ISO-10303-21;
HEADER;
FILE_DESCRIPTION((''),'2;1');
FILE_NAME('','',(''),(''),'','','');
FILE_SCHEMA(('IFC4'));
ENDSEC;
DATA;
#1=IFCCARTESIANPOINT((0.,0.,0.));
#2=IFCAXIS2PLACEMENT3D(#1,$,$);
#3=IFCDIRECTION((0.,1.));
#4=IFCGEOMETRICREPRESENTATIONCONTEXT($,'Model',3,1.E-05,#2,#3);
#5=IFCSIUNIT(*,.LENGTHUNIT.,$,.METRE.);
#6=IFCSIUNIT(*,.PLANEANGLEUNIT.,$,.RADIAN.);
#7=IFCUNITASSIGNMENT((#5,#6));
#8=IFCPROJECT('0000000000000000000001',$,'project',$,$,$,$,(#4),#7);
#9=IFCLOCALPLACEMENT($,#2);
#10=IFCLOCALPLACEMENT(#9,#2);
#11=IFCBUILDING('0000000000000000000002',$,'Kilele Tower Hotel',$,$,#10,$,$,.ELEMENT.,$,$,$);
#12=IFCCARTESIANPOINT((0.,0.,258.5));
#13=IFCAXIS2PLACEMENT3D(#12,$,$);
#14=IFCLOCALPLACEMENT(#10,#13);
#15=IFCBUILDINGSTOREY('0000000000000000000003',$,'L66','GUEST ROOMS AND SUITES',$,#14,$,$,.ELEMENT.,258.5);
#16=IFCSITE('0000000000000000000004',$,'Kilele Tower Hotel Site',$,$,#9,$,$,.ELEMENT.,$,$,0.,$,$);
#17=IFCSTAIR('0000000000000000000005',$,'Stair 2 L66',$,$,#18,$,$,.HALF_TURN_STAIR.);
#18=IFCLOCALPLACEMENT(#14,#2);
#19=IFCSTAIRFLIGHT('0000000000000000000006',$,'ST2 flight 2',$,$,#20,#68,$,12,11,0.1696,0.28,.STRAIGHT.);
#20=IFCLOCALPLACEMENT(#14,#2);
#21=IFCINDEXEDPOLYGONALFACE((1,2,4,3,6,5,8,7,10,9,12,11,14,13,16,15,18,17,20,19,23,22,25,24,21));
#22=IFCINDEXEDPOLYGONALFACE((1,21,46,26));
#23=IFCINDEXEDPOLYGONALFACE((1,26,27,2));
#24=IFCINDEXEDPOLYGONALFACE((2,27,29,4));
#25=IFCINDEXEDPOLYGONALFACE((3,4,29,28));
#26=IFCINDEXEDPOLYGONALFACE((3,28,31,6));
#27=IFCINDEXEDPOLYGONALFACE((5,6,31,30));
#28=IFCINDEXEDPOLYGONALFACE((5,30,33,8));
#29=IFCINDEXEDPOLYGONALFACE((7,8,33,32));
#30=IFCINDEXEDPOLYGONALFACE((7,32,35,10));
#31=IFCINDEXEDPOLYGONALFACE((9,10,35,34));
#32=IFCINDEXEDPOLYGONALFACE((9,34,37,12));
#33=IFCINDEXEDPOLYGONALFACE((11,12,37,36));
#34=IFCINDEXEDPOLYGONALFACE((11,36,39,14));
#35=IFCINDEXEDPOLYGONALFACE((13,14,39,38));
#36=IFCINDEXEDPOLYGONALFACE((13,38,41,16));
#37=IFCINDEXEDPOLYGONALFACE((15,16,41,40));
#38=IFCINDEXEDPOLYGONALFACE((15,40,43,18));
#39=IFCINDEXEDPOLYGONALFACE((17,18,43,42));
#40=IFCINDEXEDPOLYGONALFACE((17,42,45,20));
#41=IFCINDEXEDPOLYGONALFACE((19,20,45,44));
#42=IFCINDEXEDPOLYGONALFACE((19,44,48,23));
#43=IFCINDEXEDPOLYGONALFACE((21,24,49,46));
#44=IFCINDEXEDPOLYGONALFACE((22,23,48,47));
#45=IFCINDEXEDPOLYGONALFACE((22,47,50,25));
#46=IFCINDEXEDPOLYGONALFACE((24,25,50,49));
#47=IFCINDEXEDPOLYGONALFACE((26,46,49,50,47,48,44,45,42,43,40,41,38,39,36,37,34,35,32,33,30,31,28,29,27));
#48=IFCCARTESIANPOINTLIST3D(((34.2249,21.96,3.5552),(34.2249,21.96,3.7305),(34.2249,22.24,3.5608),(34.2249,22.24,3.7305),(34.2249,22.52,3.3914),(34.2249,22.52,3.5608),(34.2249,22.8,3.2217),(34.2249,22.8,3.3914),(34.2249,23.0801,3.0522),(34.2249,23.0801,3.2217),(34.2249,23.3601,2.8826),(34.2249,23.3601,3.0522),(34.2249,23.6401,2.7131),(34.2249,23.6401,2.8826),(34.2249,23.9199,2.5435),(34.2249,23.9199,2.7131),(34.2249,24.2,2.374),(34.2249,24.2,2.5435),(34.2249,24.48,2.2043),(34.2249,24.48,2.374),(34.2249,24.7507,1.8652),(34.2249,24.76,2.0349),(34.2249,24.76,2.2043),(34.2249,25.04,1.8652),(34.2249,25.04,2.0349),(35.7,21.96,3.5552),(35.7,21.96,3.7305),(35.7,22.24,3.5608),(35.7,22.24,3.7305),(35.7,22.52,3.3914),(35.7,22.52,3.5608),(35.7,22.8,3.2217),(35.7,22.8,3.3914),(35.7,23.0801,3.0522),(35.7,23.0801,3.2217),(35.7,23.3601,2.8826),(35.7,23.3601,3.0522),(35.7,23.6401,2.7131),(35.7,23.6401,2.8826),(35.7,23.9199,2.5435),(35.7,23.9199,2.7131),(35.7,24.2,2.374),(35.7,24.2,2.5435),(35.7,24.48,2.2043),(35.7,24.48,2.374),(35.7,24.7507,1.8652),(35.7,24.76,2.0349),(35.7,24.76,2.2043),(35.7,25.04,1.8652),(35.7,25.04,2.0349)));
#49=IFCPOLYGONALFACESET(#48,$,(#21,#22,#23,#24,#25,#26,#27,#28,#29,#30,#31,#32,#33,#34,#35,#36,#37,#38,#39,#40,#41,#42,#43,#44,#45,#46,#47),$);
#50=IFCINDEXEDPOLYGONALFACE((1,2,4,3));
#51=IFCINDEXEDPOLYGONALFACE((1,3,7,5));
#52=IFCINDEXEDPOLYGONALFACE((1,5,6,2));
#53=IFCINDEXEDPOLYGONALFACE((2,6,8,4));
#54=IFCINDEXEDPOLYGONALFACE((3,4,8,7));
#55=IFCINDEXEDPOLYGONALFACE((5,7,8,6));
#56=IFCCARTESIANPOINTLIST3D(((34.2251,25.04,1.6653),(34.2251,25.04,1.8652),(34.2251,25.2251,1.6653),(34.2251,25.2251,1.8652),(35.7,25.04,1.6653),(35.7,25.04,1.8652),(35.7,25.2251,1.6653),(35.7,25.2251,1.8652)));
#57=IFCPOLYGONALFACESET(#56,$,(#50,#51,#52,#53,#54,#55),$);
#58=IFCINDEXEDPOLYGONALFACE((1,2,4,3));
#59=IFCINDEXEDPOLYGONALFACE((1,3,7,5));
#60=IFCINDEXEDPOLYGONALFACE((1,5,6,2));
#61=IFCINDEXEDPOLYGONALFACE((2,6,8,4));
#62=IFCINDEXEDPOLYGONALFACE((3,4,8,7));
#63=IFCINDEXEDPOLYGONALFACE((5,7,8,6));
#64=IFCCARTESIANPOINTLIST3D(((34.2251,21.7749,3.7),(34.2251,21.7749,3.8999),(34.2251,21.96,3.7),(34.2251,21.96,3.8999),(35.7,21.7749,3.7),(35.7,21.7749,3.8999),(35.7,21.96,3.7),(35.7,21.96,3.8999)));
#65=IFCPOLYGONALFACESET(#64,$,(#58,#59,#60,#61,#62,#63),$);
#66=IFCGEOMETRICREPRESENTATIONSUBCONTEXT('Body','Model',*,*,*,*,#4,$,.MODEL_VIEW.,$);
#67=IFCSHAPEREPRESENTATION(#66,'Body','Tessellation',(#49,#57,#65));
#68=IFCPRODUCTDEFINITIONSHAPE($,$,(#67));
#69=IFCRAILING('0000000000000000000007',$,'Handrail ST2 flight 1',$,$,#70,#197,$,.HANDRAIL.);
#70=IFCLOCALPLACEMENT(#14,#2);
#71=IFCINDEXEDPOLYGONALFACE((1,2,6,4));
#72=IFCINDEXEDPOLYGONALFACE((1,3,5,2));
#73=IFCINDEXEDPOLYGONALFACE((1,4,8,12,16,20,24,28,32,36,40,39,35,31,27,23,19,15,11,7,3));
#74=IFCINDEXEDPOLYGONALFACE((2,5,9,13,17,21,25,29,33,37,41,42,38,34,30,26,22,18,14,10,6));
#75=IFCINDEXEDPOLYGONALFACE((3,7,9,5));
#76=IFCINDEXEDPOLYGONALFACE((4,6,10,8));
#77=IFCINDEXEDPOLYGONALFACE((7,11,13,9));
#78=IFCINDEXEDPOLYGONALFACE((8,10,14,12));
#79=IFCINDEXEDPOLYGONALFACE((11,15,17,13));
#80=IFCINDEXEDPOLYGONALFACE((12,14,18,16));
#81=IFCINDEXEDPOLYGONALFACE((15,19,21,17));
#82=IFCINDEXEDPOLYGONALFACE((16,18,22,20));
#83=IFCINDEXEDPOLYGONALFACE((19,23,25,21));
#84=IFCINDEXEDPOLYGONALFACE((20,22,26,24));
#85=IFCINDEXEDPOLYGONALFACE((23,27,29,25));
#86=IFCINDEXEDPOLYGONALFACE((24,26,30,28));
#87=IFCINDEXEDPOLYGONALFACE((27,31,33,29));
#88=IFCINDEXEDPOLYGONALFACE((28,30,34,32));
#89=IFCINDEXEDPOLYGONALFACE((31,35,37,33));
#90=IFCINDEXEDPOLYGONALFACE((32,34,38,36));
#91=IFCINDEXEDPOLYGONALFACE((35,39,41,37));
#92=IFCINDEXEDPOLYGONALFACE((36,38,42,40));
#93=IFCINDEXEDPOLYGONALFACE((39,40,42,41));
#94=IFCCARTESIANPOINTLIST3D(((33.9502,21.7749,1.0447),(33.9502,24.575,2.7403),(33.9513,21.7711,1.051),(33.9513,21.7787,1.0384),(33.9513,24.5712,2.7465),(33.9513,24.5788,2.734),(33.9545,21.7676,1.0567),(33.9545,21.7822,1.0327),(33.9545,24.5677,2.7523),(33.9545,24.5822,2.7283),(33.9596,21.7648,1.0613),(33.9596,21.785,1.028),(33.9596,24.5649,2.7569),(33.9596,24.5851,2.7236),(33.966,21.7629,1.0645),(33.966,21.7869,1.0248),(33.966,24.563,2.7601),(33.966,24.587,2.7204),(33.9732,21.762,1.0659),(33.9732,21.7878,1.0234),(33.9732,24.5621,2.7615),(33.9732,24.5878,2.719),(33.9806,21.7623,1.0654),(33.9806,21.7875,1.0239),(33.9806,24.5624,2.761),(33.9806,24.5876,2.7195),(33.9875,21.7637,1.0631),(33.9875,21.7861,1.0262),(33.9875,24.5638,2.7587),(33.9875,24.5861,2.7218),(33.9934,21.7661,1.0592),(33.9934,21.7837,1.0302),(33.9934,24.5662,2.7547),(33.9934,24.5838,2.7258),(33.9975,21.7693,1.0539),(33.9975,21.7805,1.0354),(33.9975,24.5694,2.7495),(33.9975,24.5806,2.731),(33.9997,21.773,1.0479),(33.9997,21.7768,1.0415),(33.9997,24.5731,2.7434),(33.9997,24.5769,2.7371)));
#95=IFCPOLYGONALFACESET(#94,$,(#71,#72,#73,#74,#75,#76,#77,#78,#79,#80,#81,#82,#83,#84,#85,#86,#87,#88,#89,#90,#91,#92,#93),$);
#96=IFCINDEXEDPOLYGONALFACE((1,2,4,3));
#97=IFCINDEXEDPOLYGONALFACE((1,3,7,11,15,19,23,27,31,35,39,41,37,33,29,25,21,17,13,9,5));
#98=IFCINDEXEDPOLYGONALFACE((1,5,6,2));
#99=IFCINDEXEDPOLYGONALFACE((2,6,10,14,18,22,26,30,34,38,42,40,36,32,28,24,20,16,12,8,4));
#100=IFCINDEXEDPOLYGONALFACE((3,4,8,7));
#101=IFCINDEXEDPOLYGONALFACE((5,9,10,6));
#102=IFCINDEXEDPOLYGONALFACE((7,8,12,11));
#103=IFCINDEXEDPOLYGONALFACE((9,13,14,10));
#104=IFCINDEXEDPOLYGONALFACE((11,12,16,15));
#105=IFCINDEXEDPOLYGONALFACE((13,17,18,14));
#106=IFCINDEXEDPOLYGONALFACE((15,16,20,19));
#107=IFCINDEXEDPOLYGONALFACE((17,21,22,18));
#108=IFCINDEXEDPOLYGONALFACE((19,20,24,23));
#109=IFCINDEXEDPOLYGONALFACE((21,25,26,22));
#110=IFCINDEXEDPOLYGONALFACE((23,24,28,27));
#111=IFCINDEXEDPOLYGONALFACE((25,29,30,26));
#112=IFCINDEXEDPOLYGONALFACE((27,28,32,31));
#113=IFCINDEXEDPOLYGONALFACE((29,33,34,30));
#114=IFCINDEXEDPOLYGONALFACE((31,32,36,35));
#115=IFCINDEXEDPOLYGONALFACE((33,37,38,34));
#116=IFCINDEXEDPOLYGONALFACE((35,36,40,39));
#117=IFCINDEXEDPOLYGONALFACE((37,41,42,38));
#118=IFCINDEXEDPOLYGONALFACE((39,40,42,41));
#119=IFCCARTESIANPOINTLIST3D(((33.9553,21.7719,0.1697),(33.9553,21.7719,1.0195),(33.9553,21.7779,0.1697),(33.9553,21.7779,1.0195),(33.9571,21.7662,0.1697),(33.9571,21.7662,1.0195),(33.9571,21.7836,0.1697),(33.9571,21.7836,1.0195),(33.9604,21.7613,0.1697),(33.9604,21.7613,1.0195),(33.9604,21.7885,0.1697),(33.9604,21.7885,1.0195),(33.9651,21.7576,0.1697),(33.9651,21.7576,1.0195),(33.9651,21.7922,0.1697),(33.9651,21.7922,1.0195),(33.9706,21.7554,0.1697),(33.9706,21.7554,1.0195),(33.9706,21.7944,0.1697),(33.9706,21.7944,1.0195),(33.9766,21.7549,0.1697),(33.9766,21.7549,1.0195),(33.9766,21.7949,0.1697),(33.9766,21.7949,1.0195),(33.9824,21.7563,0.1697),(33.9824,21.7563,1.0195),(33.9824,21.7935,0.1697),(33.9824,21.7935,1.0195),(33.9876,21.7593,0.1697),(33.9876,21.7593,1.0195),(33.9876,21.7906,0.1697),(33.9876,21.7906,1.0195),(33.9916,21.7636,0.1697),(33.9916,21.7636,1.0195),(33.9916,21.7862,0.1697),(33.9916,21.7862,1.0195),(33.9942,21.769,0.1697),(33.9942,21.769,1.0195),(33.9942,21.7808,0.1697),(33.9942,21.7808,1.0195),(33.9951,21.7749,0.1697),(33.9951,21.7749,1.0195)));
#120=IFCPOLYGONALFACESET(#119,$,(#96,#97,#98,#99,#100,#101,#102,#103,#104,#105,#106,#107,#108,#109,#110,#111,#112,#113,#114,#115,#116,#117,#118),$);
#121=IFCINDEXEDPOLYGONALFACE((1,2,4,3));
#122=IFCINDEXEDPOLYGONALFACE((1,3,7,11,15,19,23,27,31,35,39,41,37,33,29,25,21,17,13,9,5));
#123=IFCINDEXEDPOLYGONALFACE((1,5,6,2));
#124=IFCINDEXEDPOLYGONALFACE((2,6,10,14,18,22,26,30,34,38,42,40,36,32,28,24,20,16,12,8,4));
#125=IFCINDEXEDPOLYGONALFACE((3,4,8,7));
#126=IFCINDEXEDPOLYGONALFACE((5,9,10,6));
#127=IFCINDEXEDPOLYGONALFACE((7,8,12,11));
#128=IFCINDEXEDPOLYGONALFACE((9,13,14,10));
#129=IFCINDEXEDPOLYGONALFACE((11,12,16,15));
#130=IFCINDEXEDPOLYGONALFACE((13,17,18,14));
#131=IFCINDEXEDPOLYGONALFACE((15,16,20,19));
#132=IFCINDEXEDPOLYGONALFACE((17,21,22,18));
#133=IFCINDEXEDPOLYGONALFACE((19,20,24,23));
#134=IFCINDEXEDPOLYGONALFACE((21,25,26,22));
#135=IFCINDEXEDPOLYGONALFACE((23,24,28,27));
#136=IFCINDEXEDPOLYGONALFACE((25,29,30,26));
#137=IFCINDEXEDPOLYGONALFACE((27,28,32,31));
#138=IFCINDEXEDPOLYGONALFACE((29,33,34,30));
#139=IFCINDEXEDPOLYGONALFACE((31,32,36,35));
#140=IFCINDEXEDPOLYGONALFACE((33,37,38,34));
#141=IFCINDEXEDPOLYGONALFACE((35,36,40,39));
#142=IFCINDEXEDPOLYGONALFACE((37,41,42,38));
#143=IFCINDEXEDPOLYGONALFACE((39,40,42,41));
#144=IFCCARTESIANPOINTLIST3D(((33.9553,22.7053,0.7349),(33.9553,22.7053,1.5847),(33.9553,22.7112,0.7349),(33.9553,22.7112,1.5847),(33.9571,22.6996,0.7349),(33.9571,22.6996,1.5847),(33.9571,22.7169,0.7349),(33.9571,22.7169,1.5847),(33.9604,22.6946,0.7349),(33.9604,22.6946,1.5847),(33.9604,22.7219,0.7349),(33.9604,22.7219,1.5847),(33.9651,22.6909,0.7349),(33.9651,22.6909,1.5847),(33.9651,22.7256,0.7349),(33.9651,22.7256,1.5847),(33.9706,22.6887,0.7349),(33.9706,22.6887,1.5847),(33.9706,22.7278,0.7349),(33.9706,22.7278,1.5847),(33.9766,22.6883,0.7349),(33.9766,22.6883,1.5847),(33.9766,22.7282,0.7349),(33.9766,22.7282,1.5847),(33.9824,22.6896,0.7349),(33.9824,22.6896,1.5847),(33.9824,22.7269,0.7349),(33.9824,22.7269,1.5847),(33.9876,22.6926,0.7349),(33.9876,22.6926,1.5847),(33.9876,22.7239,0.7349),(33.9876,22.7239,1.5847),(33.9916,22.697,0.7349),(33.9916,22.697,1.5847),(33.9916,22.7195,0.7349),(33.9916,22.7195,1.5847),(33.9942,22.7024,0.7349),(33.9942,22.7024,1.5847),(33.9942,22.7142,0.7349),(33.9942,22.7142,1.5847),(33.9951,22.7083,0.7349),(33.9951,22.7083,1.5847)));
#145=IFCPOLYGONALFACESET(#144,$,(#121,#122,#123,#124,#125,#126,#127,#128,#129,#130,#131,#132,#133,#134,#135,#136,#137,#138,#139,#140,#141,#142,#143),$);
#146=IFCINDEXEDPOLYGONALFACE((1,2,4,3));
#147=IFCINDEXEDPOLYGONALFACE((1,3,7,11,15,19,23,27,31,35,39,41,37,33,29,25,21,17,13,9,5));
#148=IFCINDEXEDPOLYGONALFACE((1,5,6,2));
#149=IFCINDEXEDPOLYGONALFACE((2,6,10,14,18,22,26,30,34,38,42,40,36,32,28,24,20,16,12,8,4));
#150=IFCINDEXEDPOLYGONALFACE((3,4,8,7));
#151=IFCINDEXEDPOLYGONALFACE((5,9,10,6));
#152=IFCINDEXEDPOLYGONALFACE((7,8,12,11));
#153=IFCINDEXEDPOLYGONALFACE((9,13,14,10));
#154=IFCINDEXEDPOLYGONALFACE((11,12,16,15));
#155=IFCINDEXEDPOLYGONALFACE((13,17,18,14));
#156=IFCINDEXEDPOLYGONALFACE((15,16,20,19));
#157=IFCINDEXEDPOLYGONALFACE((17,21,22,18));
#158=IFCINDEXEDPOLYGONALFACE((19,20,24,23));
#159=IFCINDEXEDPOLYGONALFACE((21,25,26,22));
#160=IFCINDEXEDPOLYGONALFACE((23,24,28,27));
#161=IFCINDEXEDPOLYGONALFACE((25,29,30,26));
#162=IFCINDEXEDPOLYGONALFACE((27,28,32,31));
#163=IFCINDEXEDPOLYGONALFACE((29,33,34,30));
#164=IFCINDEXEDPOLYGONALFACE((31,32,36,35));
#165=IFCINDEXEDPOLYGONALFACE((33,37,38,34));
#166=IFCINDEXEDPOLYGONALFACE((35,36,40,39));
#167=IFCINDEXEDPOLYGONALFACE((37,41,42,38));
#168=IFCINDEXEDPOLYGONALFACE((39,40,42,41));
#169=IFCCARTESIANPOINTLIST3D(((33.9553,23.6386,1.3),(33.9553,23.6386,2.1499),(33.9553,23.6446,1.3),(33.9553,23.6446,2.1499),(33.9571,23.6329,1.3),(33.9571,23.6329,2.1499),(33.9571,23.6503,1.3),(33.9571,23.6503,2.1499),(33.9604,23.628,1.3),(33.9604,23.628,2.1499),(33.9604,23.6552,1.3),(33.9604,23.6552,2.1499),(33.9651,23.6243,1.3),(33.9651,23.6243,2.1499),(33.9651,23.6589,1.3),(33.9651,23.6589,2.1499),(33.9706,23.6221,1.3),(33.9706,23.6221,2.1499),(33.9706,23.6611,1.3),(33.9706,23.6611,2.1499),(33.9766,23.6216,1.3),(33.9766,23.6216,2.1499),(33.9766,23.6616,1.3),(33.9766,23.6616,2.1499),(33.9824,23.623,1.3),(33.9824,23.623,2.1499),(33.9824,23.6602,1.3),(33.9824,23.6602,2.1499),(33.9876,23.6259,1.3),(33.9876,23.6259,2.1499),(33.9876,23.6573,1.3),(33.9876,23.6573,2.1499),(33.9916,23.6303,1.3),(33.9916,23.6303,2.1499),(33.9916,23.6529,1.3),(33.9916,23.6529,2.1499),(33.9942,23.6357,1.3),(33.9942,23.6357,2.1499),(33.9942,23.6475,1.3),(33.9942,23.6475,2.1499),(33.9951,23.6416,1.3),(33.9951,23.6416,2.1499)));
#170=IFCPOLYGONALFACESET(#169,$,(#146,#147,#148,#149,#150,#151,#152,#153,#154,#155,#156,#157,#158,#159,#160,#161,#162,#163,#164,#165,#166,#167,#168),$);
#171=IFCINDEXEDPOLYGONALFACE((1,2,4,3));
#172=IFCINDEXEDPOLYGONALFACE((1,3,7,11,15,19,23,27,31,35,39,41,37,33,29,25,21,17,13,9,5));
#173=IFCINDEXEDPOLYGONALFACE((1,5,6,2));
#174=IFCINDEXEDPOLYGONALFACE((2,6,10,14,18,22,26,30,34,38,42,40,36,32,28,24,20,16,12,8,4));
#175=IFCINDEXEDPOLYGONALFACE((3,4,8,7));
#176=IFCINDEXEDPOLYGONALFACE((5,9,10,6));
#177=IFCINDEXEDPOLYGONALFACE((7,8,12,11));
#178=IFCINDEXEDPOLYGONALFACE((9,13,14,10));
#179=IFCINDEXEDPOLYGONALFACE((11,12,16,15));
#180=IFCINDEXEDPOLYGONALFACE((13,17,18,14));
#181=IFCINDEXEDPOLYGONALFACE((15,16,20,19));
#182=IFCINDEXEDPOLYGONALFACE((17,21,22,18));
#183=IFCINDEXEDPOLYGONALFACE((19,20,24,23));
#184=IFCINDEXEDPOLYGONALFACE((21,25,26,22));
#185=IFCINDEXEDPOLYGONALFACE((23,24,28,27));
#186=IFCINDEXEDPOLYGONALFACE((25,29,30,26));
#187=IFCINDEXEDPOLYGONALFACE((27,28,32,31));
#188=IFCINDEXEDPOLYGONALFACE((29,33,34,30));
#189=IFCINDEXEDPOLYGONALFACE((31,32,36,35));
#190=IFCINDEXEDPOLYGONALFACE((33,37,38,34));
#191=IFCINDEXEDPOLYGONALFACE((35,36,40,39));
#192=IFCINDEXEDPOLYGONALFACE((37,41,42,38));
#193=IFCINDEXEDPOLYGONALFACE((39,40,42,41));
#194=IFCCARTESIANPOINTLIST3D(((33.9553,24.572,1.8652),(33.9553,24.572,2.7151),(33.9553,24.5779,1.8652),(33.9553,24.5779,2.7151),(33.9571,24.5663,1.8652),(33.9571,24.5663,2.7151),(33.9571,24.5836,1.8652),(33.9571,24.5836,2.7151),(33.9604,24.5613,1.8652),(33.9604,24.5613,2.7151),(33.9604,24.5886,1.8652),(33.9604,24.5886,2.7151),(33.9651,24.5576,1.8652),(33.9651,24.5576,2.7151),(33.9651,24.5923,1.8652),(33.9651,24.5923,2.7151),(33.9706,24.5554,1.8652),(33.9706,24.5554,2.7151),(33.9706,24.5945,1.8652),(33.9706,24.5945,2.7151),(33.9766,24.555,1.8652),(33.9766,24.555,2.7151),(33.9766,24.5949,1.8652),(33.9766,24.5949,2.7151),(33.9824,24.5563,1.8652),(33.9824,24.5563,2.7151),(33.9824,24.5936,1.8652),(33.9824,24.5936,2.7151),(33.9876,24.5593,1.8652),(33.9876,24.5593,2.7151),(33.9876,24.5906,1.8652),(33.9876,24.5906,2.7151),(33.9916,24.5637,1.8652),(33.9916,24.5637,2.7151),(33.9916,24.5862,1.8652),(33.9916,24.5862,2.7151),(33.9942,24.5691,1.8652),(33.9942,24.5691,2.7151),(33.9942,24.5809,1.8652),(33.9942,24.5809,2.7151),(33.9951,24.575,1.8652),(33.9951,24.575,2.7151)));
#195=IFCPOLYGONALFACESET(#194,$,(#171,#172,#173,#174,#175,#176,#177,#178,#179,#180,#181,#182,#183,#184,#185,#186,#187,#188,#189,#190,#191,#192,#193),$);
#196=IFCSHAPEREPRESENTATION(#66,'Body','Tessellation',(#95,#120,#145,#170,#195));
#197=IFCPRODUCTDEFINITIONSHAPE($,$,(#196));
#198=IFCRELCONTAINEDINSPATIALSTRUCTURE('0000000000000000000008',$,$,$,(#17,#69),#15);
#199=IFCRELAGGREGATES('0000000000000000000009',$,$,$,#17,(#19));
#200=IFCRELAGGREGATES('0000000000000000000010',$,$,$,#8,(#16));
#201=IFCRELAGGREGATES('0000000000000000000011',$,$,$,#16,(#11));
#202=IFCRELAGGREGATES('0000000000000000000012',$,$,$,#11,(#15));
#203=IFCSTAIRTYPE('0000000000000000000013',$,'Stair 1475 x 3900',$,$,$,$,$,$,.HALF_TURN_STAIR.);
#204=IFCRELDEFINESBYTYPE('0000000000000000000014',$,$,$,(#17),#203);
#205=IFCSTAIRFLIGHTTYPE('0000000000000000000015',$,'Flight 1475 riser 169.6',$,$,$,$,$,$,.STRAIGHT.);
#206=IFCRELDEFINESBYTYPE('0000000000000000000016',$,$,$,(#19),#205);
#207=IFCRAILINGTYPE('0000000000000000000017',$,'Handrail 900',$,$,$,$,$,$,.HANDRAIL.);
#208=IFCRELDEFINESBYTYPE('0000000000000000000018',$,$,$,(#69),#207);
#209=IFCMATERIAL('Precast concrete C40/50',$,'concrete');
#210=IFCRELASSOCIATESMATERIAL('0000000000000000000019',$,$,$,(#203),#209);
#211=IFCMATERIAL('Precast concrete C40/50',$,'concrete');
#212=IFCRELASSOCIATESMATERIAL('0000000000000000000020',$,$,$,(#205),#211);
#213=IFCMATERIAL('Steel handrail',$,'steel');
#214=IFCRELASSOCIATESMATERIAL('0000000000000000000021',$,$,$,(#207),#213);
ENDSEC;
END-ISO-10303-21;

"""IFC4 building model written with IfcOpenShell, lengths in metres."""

from ifc_helpers import new_model, si_unit, direction, frame, origin, origin_2d, place, context, subcontext, project, spatial, polyline, circle, outline, extrude, material, type_object, element, aggregate, save


model = new_model("IFC4")

# Units and contexts
model_context = context("Model", 3, precision=1e-05, world=origin(), true_north=direction((0.0, 1.0)))
body_context = subcontext(model_context, "Body", "Model", "MODEL_VIEW")
ifc_project = project(units=[si_unit("LENGTHUNIT", "METRE"), si_unit("PLANEANGLEUNIT", "RADIAN")], contexts=[model_context])

# Site, building, storey
site_placement = place(None, origin())
site = spatial("IfcSite", under=ifc_project, at=site_placement, Name="Kilele Tower Hotel Site", CompositionType="ELEMENT", RefElevation=0.0)
building_placement = place(site_placement, origin())
building = spatial("IfcBuilding", under=site, at=building_placement, Name="Kilele Tower Hotel", CompositionType="ELEMENT")
storey_placement = place(building_placement, frame((0.0, 0.0, 258.5)))
storey = spatial("IfcBuildingStorey", under=building, at=storey_placement, Name="L66", Description="GUEST ROOMS AND SUITES", CompositionType="ELEMENT", Elevation=258.5)

# Stair, stair flight
ifc_material_1 = material(Name="Precast concrete C40/50", Category="concrete")
stair_type = type_object("IfcStairType", Name="Stair 1475 x 3900", PredefinedType="HALF_TURN_STAIR", material=ifc_material_1)
stair_placement = place(storey_placement, origin())
stair = element("IfcStair", 1, at=stair_placement, inside=storey, type_object=stair_type, Name="Stair 2 L66", PredefinedType="HALF_TURN_STAIR")
ifc_material_2 = material(Name="Precast concrete C40/50", Category="concrete")
stair_flight_type = type_object("IfcStairFlightType", Name="Flight 1475 riser 169.6", PredefinedType="STRAIGHT", material=ifc_material_2)
stair_flight_placement = place(storey_placement, frame((34.9624, 25.04, 1.8652), z_axis=(0.0, 0.0, 1.0), x_axis=(0.0, -1.0, 0.0)))
stair_flight = element("IfcStairFlight", 2, at=stair_flight_placement, type_object=stair_flight_type, Name="ST2 flight 2", NumberOfRisers=12, NumberOfTreads=11, PredefinedType="STRAIGHT", RiserHeight=0.1696, TreadLength=0.28, context=body_context, shape_type="SweptSolid", body=[
    extrude(outline(polyline([(0.0, 0.0), (0.0, 0.1697), (0.28, 0.1697), (0.28, 0.3391), (0.5601, 0.3391), (0.5601, 0.5088), (0.8401, 0.5088), (0.8401, 0.6782), (1.1201, 0.6782), (1.1201, 0.8479), (1.3999, 0.8479), (1.3999, 1.0173), (1.6799, 1.0173), (1.6799, 1.187), (1.96, 1.187), (1.96, 1.3564), (2.24, 1.3564), (2.24, 1.5261), (2.52, 1.5261), (2.52, 1.6956), (2.8, 1.6956), (2.8, 1.8652), (3.0801, 1.8652), (3.0801, 2.0347), (3.0801, 1.6899), (0.2893, 0.0), (0.0, 0.0)])), frame((0.0, 0.7375, 0.0), z_axis=(0.0, -1.0, 0.0), x_axis=(1.0, 0.0, 0.0)), (0.0, 0.0, 1.0), 1.4751),
    extrude(outline(polyline([(0.0, -0.7373), (0.0, 0.7375), (-0.1851, 0.7375), (-0.1851, -0.7373), (0.0, -0.7373)])), frame((0.0, 0.0, -0.2)), (0.0, 0.0, 1.0), 0.2),
    extrude(outline(polyline([(3.2651, -0.7373), (3.2651, 0.7375), (3.0801, 0.7375), (3.0801, -0.7373), (3.2651, -0.7373)])), frame((0.0, 0.0, 1.8347)), (0.0, 0.0, 1.0), 0.2),
])
aggregate(stair, [stair_flight])

# Railing
ifc_material_3 = material(Name="Steel handrail", Category="steel")
railing_type_1 = type_object("IfcRailingType", Name="Handrail 900", PredefinedType="HANDRAIL", material=ifc_material_3)
railing_1_placement = place(storey_placement, frame((33.9751, 21.7749, 0.1697)))
element("IfcRailing", 3, at=railing_1_placement, inside=storey, type_object=railing_type_1, Name="Handrail ST2 flight 1", PredefinedType="HANDRAIL", context=body_context, shape_type="SweptSolid", body=[
    extrude(circle(Radius=0.0249, at=origin_2d()), frame((0.0, 0.0, 0.875), z_axis=(0.0, 0.855393, 0.517979), x_axis=(-1.0, 0.0, 0.0)), (0.0, 0.0, 1.0), 3.2734),
    extrude(circle(Radius=0.02, at=origin_2d()), origin(), (0.0, 0.0, 1.0), 0.8499),
    extrude(circle(Radius=0.02, at=origin_2d()), frame((0.0, 0.9333, 0.5652)), (0.0, 0.0, 1.0), 0.8499),
    extrude(circle(Radius=0.02, at=origin_2d()), frame((0.0, 1.8667, 1.1304)), (0.0, 0.0, 1.0), 0.8499),
    extrude(circle(Radius=0.02, at=origin_2d()), frame((0.0, 2.8, 1.6956)), (0.0, 0.0, 1.0), 0.8499),
])

save(model, "model.ifc")
